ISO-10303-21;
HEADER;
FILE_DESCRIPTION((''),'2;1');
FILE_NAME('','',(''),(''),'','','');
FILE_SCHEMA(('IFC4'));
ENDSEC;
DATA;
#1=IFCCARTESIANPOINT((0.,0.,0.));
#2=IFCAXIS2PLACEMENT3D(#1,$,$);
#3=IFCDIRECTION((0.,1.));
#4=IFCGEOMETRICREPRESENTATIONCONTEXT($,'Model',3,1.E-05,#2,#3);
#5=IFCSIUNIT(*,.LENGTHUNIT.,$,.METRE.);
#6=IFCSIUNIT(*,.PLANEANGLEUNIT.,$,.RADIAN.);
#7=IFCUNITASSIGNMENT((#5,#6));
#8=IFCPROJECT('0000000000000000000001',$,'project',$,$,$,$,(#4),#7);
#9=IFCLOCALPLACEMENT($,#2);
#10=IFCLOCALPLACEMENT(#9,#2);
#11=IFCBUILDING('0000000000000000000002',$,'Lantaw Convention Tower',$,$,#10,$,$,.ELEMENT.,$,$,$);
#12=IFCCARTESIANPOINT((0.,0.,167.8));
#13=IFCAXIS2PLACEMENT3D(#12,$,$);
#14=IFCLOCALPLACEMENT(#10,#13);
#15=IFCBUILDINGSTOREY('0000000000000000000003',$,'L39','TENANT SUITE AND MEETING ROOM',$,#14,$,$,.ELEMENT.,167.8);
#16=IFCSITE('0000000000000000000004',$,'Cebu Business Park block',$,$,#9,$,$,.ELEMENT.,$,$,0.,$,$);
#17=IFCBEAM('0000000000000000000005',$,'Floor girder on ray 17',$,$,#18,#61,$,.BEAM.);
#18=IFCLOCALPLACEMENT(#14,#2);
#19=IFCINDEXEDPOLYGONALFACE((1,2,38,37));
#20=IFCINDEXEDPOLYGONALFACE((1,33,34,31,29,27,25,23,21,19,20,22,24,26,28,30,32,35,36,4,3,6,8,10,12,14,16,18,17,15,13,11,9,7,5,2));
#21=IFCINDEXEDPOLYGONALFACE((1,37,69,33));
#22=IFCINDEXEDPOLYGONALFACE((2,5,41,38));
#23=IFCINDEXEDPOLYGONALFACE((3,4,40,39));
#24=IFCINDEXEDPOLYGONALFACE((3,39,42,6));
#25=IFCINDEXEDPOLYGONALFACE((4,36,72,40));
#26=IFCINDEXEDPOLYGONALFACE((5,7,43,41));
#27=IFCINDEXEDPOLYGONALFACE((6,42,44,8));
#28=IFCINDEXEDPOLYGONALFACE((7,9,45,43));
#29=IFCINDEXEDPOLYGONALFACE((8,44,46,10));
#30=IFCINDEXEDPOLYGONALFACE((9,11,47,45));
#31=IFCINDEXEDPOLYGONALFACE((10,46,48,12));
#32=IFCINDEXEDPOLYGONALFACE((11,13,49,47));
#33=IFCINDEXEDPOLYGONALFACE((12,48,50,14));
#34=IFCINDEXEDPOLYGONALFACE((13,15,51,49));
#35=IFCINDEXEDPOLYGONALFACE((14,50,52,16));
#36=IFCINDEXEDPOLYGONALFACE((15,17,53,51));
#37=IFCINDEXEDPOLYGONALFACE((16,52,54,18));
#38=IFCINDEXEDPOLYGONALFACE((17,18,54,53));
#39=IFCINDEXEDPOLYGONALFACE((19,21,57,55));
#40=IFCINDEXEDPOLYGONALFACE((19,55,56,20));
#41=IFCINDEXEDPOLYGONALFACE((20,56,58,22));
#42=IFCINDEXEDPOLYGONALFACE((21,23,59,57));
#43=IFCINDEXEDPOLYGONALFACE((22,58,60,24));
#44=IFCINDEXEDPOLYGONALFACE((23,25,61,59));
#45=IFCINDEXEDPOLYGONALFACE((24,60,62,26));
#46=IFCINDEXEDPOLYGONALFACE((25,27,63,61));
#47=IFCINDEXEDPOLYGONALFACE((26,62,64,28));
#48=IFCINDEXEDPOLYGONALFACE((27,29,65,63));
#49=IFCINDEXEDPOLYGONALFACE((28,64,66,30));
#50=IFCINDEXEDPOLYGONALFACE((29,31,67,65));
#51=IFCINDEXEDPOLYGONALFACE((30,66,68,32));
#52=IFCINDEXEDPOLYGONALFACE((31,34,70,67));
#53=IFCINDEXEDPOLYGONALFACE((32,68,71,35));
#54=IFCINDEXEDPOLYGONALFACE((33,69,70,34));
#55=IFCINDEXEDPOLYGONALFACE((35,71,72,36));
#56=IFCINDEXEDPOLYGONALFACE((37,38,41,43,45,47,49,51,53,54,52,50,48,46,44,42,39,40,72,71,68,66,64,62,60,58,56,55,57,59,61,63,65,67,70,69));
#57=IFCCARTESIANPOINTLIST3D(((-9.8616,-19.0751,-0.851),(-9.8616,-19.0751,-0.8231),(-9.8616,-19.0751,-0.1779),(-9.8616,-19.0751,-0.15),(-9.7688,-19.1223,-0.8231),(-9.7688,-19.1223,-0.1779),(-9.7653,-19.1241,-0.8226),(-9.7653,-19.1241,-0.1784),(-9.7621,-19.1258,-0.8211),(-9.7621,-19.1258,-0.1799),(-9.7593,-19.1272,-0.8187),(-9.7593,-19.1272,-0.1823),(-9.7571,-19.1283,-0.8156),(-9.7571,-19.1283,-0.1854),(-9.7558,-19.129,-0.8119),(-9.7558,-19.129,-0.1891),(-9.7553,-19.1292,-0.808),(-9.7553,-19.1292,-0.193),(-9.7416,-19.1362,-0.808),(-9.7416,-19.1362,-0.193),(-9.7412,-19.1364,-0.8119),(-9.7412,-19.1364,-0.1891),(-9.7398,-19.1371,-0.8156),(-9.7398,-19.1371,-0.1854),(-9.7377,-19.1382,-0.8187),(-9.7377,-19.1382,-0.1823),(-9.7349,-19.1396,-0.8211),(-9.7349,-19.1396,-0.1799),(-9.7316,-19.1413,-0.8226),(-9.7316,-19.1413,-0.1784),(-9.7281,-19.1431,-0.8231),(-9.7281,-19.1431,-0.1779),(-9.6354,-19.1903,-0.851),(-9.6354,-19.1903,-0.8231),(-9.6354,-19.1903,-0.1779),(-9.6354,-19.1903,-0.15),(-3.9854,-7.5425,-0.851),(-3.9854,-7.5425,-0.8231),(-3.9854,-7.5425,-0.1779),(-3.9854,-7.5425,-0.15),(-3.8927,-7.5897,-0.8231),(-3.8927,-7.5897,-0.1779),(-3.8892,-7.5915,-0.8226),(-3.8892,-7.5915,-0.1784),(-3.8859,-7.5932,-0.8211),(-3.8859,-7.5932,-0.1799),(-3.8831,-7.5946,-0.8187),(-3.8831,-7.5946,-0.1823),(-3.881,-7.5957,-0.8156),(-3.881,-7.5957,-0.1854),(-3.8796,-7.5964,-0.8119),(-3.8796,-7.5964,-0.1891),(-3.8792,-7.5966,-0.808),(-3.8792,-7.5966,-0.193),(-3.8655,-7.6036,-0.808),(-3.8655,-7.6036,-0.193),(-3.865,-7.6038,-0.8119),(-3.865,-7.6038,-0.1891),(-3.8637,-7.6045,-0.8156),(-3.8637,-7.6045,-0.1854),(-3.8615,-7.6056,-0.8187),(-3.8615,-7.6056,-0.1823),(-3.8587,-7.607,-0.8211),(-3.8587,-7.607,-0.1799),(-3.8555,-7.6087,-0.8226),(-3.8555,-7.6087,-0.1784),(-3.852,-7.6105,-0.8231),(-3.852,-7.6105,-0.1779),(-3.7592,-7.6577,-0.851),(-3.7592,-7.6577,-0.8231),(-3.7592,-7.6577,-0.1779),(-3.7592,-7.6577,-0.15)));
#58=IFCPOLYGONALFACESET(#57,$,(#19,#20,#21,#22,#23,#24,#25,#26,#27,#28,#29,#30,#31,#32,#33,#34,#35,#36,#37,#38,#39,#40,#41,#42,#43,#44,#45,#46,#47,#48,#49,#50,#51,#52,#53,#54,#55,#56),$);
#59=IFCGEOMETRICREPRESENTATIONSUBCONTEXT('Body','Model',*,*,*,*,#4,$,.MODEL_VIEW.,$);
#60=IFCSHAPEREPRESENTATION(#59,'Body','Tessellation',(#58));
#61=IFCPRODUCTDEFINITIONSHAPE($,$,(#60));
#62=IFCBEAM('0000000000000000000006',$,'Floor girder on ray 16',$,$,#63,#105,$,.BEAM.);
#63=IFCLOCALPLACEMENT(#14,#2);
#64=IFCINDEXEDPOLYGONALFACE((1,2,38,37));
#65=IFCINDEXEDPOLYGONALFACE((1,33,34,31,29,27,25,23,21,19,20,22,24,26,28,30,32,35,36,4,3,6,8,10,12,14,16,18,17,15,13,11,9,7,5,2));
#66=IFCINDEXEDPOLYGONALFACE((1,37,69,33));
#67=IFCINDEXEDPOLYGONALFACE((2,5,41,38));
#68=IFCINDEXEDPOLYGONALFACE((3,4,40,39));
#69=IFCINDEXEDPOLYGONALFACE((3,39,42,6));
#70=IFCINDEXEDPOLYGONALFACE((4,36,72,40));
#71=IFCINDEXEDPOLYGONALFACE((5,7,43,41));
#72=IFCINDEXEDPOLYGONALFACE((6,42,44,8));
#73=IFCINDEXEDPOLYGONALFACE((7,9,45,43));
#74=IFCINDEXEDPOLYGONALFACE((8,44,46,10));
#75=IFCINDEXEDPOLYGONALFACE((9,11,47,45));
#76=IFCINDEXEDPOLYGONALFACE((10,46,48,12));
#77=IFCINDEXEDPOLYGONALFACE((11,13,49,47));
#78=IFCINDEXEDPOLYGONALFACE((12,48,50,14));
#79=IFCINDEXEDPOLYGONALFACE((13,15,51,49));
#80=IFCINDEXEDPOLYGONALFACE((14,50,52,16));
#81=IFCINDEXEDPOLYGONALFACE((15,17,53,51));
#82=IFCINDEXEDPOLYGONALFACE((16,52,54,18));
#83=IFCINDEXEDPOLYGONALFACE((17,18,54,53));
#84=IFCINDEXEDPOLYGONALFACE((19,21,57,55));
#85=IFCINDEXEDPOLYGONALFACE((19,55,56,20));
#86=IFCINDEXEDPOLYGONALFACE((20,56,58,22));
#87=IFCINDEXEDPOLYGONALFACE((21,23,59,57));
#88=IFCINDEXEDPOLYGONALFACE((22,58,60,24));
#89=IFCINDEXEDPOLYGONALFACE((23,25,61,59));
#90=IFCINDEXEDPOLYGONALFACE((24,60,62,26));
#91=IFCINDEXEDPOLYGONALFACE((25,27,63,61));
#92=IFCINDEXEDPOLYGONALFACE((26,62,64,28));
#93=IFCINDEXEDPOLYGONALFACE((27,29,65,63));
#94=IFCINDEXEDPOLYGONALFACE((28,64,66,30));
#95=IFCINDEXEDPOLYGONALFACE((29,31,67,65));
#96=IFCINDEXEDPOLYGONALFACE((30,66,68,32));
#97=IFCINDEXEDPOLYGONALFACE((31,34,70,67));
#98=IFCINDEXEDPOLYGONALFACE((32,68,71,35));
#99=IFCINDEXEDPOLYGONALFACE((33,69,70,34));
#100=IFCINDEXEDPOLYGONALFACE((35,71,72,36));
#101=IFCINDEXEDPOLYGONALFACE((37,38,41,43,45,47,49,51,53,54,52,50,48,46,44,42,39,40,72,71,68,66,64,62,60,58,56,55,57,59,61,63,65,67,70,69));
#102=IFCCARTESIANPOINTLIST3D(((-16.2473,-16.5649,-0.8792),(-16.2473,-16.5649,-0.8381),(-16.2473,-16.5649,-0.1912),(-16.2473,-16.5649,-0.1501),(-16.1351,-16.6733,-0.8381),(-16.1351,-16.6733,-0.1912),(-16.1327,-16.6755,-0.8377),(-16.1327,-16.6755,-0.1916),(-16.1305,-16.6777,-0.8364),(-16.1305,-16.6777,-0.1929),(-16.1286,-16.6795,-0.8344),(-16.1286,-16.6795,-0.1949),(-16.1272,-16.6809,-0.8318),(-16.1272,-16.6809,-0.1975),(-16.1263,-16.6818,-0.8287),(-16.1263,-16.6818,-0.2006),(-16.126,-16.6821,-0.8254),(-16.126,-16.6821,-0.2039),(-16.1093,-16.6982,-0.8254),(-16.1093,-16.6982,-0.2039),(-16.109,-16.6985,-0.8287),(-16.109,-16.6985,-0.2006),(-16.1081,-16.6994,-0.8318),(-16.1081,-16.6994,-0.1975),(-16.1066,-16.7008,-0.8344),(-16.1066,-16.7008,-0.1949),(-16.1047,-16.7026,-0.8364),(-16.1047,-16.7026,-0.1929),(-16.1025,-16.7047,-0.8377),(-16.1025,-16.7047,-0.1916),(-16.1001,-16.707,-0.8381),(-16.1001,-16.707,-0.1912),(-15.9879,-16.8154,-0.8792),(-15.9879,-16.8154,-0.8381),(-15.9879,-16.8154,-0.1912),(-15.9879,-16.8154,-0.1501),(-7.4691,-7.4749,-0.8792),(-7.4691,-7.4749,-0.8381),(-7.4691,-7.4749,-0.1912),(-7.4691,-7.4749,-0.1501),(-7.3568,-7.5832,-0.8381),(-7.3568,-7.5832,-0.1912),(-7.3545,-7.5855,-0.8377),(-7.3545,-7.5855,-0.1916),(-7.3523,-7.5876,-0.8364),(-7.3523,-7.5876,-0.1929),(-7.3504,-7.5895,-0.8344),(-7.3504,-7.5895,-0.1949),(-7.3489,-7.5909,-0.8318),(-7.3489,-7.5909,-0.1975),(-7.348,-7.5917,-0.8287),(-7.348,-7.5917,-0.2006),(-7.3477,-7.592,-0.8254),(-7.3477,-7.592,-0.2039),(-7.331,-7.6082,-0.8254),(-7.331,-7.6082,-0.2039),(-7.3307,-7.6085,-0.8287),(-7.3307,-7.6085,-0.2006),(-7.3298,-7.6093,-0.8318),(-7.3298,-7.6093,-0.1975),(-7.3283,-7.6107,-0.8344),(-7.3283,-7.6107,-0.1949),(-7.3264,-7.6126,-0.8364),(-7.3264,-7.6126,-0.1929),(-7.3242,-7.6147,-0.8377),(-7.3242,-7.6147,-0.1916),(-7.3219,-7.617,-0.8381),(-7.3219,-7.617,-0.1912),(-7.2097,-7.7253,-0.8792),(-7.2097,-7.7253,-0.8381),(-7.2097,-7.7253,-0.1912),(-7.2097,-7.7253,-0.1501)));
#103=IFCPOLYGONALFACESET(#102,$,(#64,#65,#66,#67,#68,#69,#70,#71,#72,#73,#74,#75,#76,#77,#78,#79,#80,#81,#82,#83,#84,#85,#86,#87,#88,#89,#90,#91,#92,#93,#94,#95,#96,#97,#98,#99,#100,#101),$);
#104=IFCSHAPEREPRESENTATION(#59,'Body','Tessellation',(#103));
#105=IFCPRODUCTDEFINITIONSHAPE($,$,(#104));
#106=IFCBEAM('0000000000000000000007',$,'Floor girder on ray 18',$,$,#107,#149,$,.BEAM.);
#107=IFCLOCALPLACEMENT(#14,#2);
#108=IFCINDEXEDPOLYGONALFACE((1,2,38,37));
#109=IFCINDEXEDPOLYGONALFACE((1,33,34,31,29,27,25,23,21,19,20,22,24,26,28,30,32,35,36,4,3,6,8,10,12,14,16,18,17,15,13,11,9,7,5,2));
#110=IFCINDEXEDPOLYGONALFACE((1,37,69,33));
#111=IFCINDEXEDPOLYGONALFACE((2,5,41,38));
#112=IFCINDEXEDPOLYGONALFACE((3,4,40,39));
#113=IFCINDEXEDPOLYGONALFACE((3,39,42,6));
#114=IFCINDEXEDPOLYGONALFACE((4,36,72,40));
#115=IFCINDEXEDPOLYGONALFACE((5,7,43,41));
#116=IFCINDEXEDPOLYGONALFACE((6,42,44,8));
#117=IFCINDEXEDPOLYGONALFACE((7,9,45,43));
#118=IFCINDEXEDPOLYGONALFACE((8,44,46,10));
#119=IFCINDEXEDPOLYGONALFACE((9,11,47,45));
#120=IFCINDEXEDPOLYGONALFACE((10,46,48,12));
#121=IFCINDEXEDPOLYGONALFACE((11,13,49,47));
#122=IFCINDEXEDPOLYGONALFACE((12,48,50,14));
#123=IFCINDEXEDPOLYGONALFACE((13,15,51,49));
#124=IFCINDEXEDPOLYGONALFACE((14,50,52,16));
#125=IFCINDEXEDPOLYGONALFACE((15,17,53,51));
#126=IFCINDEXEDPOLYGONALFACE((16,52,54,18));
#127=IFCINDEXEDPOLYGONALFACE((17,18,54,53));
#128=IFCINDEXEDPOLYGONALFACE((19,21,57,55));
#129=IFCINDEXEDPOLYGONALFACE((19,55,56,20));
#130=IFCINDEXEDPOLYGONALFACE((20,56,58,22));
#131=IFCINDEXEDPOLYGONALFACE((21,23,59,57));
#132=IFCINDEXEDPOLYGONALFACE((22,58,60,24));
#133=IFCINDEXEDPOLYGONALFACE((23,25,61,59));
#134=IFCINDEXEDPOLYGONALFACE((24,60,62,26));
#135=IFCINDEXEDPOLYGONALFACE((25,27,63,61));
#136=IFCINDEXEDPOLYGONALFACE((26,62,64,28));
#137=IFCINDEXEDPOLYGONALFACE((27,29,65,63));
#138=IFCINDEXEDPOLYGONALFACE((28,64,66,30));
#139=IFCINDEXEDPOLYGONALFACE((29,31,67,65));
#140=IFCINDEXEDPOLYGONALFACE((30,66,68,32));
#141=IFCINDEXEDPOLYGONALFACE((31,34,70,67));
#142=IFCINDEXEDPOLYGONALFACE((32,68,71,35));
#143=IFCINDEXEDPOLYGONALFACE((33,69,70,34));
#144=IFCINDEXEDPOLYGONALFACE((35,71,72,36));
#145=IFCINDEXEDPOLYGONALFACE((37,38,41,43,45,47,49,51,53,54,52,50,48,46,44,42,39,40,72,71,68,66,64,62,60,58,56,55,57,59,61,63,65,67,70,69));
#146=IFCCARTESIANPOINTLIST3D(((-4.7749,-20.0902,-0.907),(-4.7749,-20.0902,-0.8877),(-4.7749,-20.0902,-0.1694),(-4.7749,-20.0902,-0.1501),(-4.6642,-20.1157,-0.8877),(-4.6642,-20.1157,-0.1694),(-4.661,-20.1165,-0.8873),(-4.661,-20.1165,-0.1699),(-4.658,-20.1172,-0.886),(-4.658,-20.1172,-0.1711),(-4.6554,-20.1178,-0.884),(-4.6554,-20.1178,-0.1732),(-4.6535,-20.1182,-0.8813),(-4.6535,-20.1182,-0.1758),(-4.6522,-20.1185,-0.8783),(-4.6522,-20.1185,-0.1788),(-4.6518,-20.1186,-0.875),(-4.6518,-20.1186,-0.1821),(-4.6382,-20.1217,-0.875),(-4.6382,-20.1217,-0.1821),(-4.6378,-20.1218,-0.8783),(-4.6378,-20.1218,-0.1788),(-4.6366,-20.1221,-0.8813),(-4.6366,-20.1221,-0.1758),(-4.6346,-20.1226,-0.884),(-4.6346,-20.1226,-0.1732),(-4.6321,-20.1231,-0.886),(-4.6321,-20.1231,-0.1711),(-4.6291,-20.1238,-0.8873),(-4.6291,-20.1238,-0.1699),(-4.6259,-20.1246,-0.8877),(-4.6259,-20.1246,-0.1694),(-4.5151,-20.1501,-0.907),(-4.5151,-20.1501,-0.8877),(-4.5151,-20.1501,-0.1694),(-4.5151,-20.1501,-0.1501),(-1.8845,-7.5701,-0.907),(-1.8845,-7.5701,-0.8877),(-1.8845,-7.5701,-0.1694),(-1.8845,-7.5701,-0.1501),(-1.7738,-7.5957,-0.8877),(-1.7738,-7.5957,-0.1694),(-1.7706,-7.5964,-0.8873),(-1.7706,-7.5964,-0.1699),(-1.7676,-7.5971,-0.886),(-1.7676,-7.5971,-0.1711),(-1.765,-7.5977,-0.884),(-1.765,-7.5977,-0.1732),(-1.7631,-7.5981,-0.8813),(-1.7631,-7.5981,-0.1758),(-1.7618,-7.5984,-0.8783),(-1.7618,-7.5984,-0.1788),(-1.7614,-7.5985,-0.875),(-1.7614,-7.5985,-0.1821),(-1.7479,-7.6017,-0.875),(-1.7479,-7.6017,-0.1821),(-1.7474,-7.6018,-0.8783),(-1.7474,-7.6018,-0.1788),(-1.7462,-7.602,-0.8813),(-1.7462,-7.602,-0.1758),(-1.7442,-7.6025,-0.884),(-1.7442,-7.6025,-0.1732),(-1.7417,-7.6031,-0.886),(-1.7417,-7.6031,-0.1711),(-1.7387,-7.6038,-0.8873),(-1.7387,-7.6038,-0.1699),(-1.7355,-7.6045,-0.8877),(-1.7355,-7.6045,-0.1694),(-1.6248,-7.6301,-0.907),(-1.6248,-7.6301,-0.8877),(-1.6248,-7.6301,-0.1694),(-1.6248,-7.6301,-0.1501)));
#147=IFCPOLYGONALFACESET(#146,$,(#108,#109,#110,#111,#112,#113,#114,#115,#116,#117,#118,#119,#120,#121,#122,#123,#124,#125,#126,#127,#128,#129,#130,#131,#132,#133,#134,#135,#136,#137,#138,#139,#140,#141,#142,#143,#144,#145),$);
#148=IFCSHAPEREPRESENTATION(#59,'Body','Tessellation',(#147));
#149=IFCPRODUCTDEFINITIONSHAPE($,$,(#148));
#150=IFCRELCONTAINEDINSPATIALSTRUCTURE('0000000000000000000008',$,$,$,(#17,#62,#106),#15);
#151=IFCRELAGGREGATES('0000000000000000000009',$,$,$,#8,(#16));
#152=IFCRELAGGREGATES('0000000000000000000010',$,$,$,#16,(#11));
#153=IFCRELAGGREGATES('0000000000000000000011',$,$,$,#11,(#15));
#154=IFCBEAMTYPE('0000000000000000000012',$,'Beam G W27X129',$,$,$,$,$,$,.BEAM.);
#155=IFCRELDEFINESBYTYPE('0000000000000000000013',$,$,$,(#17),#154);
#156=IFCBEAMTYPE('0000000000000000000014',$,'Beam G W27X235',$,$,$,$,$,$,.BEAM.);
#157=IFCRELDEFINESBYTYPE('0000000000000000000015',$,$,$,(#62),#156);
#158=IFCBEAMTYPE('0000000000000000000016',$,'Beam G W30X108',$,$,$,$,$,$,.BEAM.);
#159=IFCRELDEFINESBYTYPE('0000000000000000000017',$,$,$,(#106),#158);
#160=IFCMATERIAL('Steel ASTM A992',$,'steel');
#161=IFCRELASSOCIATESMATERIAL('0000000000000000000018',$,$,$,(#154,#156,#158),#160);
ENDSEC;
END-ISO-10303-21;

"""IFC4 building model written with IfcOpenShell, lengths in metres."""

from ifc_helpers import new_model, si_unit, direction, frame, origin, origin_2d, place, context, subcontext, project, spatial, i_section, extrude, material, material_profile, profile_set, type_object, element, save


model = new_model("IFC4")

# Units and contexts
model_context = context("Model", 3, precision=1e-05, world=origin(), true_north=direction((0.0, 1.0)))
body_context = subcontext(model_context, "Body", "Model", "MODEL_VIEW")
ifc_project = project(units=[si_unit("LENGTHUNIT", "METRE"), si_unit("PLANEANGLEUNIT", "RADIAN")], contexts=[model_context])

# Site, building, storey
site_placement = place(None, origin())
site = spatial("IfcSite", under=ifc_project, at=site_placement, Name="Cebu Business Park block", CompositionType="ELEMENT", RefElevation=0.0)
building_placement = place(site_placement, origin())
building = spatial("IfcBuilding", under=site, at=building_placement, Name="Lantaw Convention Tower", CompositionType="ELEMENT")
storey_placement = place(building_placement, frame((0.0, 0.0, 167.8)))
storey = spatial("IfcBuildingStorey", under=building, at=storey_placement, Name="L39", Description="TENANT SUITE AND MEETING ROOM", CompositionType="ELEMENT", Elevation=167.8)

# Beams
ifc_material_1 = material(Name="Steel ASTM A992", Category="steel")
ifc_material_profile_1 = material_profile(ifc_material_1, i_section(OverallWidth=0.2539, OverallDepth=0.7009, WebThickness=0.0154, FlangeThickness=0.0278, FilletRadius=0.0151, at=origin_2d()), Name="W27X129")
ifc_profile_set_1 = profile_set([ifc_material_profile_1], Name="Steel ASTM A992")
beam_type_1 = type_object("IfcBeamType", Name="Beam G W27X129", PredefinedType="BEAM", material=ifc_profile_set_1)
beam_1_placement = place(storey_placement, frame((-3.8723, -7.6001, -0.5005), z_axis=(-0.453991, -0.891006, 0.0), x_axis=(0.891006, -0.453991, 0.0)))
element("IfcBeam", 1, at=beam_1_placement, inside=storey, type_object=beam_type_1, Name="Floor girder on ray 17", PredefinedType="BEAM", context=body_context, shape_type="SweptSolid", body=[
    extrude(i_section(OverallWidth=0.2539, OverallDepth=0.7009, WebThickness=0.0154, FlangeThickness=0.0278, FilletRadius=0.0151, at=origin_2d()), origin(), (0.0, 0.0, 1.0), 12.9434),
])
ifc_material_profile_2 = material_profile(ifc_material_1, i_section(OverallWidth=0.3606, OverallDepth=0.729, WebThickness=0.0232, FlangeThickness=0.041, FilletRadius=0.0127, at=origin_2d()), Name="W27X235")
ifc_profile_set_2 = profile_set([ifc_material_profile_2], Name="Steel ASTM A992")
beam_type_2 = type_object("IfcBeamType", Name="Beam G W27X235", PredefinedType="BEAM", material=ifc_profile_set_2)
beam_2_placement = place(storey_placement, frame((-7.3394, -7.6001, -0.5146), z_axis=(-0.694663, -0.719335, 0.0), x_axis=(0.719335, -0.694663, 0.0)))
element("IfcBeam", 2, at=beam_2_placement, inside=storey, type_object=beam_type_2, Name="Floor girder on ray 16", PredefinedType="BEAM", context=body_context, shape_type="SweptSolid", body=[
    extrude(i_section(OverallWidth=0.3606, OverallDepth=0.729, WebThickness=0.0232, FlangeThickness=0.041, FilletRadius=0.0127, at=origin_2d()), origin(), (0.0, 0.0, 1.0), 12.6367),
])
ifc_material_profile_3 = material_profile(ifc_material_1, i_section(OverallWidth=0.2666, OverallDepth=0.7568, WebThickness=0.0139, FlangeThickness=0.0193, FilletRadius=0.0127, at=origin_2d()), Name="W30X108")
ifc_profile_set_3 = profile_set([ifc_material_profile_3], Name="Steel ASTM A992")
beam_type_3 = type_object("IfcBeamType", Name="Beam G W30X108", PredefinedType="BEAM", material=ifc_profile_set_3)
beam_3_placement = place(storey_placement, frame((-1.7546, -7.6001, -0.5286), z_axis=(-0.224944, -0.974372, 0.0), x_axis=(0.974372, -0.224944, 0.0)))
element("IfcBeam", 3, at=beam_3_placement, inside=storey, type_object=beam_type_3, Name="Floor girder on ray 18", PredefinedType="BEAM", context=body_context, shape_type="SweptSolid", body=[
    extrude(i_section(OverallWidth=0.2666, OverallDepth=0.7568, WebThickness=0.0139, FlangeThickness=0.0193, FilletRadius=0.0127, at=origin_2d()), origin(), (0.0, 0.0, 1.0), 12.8494),
])

save(model, "model.ifc")
